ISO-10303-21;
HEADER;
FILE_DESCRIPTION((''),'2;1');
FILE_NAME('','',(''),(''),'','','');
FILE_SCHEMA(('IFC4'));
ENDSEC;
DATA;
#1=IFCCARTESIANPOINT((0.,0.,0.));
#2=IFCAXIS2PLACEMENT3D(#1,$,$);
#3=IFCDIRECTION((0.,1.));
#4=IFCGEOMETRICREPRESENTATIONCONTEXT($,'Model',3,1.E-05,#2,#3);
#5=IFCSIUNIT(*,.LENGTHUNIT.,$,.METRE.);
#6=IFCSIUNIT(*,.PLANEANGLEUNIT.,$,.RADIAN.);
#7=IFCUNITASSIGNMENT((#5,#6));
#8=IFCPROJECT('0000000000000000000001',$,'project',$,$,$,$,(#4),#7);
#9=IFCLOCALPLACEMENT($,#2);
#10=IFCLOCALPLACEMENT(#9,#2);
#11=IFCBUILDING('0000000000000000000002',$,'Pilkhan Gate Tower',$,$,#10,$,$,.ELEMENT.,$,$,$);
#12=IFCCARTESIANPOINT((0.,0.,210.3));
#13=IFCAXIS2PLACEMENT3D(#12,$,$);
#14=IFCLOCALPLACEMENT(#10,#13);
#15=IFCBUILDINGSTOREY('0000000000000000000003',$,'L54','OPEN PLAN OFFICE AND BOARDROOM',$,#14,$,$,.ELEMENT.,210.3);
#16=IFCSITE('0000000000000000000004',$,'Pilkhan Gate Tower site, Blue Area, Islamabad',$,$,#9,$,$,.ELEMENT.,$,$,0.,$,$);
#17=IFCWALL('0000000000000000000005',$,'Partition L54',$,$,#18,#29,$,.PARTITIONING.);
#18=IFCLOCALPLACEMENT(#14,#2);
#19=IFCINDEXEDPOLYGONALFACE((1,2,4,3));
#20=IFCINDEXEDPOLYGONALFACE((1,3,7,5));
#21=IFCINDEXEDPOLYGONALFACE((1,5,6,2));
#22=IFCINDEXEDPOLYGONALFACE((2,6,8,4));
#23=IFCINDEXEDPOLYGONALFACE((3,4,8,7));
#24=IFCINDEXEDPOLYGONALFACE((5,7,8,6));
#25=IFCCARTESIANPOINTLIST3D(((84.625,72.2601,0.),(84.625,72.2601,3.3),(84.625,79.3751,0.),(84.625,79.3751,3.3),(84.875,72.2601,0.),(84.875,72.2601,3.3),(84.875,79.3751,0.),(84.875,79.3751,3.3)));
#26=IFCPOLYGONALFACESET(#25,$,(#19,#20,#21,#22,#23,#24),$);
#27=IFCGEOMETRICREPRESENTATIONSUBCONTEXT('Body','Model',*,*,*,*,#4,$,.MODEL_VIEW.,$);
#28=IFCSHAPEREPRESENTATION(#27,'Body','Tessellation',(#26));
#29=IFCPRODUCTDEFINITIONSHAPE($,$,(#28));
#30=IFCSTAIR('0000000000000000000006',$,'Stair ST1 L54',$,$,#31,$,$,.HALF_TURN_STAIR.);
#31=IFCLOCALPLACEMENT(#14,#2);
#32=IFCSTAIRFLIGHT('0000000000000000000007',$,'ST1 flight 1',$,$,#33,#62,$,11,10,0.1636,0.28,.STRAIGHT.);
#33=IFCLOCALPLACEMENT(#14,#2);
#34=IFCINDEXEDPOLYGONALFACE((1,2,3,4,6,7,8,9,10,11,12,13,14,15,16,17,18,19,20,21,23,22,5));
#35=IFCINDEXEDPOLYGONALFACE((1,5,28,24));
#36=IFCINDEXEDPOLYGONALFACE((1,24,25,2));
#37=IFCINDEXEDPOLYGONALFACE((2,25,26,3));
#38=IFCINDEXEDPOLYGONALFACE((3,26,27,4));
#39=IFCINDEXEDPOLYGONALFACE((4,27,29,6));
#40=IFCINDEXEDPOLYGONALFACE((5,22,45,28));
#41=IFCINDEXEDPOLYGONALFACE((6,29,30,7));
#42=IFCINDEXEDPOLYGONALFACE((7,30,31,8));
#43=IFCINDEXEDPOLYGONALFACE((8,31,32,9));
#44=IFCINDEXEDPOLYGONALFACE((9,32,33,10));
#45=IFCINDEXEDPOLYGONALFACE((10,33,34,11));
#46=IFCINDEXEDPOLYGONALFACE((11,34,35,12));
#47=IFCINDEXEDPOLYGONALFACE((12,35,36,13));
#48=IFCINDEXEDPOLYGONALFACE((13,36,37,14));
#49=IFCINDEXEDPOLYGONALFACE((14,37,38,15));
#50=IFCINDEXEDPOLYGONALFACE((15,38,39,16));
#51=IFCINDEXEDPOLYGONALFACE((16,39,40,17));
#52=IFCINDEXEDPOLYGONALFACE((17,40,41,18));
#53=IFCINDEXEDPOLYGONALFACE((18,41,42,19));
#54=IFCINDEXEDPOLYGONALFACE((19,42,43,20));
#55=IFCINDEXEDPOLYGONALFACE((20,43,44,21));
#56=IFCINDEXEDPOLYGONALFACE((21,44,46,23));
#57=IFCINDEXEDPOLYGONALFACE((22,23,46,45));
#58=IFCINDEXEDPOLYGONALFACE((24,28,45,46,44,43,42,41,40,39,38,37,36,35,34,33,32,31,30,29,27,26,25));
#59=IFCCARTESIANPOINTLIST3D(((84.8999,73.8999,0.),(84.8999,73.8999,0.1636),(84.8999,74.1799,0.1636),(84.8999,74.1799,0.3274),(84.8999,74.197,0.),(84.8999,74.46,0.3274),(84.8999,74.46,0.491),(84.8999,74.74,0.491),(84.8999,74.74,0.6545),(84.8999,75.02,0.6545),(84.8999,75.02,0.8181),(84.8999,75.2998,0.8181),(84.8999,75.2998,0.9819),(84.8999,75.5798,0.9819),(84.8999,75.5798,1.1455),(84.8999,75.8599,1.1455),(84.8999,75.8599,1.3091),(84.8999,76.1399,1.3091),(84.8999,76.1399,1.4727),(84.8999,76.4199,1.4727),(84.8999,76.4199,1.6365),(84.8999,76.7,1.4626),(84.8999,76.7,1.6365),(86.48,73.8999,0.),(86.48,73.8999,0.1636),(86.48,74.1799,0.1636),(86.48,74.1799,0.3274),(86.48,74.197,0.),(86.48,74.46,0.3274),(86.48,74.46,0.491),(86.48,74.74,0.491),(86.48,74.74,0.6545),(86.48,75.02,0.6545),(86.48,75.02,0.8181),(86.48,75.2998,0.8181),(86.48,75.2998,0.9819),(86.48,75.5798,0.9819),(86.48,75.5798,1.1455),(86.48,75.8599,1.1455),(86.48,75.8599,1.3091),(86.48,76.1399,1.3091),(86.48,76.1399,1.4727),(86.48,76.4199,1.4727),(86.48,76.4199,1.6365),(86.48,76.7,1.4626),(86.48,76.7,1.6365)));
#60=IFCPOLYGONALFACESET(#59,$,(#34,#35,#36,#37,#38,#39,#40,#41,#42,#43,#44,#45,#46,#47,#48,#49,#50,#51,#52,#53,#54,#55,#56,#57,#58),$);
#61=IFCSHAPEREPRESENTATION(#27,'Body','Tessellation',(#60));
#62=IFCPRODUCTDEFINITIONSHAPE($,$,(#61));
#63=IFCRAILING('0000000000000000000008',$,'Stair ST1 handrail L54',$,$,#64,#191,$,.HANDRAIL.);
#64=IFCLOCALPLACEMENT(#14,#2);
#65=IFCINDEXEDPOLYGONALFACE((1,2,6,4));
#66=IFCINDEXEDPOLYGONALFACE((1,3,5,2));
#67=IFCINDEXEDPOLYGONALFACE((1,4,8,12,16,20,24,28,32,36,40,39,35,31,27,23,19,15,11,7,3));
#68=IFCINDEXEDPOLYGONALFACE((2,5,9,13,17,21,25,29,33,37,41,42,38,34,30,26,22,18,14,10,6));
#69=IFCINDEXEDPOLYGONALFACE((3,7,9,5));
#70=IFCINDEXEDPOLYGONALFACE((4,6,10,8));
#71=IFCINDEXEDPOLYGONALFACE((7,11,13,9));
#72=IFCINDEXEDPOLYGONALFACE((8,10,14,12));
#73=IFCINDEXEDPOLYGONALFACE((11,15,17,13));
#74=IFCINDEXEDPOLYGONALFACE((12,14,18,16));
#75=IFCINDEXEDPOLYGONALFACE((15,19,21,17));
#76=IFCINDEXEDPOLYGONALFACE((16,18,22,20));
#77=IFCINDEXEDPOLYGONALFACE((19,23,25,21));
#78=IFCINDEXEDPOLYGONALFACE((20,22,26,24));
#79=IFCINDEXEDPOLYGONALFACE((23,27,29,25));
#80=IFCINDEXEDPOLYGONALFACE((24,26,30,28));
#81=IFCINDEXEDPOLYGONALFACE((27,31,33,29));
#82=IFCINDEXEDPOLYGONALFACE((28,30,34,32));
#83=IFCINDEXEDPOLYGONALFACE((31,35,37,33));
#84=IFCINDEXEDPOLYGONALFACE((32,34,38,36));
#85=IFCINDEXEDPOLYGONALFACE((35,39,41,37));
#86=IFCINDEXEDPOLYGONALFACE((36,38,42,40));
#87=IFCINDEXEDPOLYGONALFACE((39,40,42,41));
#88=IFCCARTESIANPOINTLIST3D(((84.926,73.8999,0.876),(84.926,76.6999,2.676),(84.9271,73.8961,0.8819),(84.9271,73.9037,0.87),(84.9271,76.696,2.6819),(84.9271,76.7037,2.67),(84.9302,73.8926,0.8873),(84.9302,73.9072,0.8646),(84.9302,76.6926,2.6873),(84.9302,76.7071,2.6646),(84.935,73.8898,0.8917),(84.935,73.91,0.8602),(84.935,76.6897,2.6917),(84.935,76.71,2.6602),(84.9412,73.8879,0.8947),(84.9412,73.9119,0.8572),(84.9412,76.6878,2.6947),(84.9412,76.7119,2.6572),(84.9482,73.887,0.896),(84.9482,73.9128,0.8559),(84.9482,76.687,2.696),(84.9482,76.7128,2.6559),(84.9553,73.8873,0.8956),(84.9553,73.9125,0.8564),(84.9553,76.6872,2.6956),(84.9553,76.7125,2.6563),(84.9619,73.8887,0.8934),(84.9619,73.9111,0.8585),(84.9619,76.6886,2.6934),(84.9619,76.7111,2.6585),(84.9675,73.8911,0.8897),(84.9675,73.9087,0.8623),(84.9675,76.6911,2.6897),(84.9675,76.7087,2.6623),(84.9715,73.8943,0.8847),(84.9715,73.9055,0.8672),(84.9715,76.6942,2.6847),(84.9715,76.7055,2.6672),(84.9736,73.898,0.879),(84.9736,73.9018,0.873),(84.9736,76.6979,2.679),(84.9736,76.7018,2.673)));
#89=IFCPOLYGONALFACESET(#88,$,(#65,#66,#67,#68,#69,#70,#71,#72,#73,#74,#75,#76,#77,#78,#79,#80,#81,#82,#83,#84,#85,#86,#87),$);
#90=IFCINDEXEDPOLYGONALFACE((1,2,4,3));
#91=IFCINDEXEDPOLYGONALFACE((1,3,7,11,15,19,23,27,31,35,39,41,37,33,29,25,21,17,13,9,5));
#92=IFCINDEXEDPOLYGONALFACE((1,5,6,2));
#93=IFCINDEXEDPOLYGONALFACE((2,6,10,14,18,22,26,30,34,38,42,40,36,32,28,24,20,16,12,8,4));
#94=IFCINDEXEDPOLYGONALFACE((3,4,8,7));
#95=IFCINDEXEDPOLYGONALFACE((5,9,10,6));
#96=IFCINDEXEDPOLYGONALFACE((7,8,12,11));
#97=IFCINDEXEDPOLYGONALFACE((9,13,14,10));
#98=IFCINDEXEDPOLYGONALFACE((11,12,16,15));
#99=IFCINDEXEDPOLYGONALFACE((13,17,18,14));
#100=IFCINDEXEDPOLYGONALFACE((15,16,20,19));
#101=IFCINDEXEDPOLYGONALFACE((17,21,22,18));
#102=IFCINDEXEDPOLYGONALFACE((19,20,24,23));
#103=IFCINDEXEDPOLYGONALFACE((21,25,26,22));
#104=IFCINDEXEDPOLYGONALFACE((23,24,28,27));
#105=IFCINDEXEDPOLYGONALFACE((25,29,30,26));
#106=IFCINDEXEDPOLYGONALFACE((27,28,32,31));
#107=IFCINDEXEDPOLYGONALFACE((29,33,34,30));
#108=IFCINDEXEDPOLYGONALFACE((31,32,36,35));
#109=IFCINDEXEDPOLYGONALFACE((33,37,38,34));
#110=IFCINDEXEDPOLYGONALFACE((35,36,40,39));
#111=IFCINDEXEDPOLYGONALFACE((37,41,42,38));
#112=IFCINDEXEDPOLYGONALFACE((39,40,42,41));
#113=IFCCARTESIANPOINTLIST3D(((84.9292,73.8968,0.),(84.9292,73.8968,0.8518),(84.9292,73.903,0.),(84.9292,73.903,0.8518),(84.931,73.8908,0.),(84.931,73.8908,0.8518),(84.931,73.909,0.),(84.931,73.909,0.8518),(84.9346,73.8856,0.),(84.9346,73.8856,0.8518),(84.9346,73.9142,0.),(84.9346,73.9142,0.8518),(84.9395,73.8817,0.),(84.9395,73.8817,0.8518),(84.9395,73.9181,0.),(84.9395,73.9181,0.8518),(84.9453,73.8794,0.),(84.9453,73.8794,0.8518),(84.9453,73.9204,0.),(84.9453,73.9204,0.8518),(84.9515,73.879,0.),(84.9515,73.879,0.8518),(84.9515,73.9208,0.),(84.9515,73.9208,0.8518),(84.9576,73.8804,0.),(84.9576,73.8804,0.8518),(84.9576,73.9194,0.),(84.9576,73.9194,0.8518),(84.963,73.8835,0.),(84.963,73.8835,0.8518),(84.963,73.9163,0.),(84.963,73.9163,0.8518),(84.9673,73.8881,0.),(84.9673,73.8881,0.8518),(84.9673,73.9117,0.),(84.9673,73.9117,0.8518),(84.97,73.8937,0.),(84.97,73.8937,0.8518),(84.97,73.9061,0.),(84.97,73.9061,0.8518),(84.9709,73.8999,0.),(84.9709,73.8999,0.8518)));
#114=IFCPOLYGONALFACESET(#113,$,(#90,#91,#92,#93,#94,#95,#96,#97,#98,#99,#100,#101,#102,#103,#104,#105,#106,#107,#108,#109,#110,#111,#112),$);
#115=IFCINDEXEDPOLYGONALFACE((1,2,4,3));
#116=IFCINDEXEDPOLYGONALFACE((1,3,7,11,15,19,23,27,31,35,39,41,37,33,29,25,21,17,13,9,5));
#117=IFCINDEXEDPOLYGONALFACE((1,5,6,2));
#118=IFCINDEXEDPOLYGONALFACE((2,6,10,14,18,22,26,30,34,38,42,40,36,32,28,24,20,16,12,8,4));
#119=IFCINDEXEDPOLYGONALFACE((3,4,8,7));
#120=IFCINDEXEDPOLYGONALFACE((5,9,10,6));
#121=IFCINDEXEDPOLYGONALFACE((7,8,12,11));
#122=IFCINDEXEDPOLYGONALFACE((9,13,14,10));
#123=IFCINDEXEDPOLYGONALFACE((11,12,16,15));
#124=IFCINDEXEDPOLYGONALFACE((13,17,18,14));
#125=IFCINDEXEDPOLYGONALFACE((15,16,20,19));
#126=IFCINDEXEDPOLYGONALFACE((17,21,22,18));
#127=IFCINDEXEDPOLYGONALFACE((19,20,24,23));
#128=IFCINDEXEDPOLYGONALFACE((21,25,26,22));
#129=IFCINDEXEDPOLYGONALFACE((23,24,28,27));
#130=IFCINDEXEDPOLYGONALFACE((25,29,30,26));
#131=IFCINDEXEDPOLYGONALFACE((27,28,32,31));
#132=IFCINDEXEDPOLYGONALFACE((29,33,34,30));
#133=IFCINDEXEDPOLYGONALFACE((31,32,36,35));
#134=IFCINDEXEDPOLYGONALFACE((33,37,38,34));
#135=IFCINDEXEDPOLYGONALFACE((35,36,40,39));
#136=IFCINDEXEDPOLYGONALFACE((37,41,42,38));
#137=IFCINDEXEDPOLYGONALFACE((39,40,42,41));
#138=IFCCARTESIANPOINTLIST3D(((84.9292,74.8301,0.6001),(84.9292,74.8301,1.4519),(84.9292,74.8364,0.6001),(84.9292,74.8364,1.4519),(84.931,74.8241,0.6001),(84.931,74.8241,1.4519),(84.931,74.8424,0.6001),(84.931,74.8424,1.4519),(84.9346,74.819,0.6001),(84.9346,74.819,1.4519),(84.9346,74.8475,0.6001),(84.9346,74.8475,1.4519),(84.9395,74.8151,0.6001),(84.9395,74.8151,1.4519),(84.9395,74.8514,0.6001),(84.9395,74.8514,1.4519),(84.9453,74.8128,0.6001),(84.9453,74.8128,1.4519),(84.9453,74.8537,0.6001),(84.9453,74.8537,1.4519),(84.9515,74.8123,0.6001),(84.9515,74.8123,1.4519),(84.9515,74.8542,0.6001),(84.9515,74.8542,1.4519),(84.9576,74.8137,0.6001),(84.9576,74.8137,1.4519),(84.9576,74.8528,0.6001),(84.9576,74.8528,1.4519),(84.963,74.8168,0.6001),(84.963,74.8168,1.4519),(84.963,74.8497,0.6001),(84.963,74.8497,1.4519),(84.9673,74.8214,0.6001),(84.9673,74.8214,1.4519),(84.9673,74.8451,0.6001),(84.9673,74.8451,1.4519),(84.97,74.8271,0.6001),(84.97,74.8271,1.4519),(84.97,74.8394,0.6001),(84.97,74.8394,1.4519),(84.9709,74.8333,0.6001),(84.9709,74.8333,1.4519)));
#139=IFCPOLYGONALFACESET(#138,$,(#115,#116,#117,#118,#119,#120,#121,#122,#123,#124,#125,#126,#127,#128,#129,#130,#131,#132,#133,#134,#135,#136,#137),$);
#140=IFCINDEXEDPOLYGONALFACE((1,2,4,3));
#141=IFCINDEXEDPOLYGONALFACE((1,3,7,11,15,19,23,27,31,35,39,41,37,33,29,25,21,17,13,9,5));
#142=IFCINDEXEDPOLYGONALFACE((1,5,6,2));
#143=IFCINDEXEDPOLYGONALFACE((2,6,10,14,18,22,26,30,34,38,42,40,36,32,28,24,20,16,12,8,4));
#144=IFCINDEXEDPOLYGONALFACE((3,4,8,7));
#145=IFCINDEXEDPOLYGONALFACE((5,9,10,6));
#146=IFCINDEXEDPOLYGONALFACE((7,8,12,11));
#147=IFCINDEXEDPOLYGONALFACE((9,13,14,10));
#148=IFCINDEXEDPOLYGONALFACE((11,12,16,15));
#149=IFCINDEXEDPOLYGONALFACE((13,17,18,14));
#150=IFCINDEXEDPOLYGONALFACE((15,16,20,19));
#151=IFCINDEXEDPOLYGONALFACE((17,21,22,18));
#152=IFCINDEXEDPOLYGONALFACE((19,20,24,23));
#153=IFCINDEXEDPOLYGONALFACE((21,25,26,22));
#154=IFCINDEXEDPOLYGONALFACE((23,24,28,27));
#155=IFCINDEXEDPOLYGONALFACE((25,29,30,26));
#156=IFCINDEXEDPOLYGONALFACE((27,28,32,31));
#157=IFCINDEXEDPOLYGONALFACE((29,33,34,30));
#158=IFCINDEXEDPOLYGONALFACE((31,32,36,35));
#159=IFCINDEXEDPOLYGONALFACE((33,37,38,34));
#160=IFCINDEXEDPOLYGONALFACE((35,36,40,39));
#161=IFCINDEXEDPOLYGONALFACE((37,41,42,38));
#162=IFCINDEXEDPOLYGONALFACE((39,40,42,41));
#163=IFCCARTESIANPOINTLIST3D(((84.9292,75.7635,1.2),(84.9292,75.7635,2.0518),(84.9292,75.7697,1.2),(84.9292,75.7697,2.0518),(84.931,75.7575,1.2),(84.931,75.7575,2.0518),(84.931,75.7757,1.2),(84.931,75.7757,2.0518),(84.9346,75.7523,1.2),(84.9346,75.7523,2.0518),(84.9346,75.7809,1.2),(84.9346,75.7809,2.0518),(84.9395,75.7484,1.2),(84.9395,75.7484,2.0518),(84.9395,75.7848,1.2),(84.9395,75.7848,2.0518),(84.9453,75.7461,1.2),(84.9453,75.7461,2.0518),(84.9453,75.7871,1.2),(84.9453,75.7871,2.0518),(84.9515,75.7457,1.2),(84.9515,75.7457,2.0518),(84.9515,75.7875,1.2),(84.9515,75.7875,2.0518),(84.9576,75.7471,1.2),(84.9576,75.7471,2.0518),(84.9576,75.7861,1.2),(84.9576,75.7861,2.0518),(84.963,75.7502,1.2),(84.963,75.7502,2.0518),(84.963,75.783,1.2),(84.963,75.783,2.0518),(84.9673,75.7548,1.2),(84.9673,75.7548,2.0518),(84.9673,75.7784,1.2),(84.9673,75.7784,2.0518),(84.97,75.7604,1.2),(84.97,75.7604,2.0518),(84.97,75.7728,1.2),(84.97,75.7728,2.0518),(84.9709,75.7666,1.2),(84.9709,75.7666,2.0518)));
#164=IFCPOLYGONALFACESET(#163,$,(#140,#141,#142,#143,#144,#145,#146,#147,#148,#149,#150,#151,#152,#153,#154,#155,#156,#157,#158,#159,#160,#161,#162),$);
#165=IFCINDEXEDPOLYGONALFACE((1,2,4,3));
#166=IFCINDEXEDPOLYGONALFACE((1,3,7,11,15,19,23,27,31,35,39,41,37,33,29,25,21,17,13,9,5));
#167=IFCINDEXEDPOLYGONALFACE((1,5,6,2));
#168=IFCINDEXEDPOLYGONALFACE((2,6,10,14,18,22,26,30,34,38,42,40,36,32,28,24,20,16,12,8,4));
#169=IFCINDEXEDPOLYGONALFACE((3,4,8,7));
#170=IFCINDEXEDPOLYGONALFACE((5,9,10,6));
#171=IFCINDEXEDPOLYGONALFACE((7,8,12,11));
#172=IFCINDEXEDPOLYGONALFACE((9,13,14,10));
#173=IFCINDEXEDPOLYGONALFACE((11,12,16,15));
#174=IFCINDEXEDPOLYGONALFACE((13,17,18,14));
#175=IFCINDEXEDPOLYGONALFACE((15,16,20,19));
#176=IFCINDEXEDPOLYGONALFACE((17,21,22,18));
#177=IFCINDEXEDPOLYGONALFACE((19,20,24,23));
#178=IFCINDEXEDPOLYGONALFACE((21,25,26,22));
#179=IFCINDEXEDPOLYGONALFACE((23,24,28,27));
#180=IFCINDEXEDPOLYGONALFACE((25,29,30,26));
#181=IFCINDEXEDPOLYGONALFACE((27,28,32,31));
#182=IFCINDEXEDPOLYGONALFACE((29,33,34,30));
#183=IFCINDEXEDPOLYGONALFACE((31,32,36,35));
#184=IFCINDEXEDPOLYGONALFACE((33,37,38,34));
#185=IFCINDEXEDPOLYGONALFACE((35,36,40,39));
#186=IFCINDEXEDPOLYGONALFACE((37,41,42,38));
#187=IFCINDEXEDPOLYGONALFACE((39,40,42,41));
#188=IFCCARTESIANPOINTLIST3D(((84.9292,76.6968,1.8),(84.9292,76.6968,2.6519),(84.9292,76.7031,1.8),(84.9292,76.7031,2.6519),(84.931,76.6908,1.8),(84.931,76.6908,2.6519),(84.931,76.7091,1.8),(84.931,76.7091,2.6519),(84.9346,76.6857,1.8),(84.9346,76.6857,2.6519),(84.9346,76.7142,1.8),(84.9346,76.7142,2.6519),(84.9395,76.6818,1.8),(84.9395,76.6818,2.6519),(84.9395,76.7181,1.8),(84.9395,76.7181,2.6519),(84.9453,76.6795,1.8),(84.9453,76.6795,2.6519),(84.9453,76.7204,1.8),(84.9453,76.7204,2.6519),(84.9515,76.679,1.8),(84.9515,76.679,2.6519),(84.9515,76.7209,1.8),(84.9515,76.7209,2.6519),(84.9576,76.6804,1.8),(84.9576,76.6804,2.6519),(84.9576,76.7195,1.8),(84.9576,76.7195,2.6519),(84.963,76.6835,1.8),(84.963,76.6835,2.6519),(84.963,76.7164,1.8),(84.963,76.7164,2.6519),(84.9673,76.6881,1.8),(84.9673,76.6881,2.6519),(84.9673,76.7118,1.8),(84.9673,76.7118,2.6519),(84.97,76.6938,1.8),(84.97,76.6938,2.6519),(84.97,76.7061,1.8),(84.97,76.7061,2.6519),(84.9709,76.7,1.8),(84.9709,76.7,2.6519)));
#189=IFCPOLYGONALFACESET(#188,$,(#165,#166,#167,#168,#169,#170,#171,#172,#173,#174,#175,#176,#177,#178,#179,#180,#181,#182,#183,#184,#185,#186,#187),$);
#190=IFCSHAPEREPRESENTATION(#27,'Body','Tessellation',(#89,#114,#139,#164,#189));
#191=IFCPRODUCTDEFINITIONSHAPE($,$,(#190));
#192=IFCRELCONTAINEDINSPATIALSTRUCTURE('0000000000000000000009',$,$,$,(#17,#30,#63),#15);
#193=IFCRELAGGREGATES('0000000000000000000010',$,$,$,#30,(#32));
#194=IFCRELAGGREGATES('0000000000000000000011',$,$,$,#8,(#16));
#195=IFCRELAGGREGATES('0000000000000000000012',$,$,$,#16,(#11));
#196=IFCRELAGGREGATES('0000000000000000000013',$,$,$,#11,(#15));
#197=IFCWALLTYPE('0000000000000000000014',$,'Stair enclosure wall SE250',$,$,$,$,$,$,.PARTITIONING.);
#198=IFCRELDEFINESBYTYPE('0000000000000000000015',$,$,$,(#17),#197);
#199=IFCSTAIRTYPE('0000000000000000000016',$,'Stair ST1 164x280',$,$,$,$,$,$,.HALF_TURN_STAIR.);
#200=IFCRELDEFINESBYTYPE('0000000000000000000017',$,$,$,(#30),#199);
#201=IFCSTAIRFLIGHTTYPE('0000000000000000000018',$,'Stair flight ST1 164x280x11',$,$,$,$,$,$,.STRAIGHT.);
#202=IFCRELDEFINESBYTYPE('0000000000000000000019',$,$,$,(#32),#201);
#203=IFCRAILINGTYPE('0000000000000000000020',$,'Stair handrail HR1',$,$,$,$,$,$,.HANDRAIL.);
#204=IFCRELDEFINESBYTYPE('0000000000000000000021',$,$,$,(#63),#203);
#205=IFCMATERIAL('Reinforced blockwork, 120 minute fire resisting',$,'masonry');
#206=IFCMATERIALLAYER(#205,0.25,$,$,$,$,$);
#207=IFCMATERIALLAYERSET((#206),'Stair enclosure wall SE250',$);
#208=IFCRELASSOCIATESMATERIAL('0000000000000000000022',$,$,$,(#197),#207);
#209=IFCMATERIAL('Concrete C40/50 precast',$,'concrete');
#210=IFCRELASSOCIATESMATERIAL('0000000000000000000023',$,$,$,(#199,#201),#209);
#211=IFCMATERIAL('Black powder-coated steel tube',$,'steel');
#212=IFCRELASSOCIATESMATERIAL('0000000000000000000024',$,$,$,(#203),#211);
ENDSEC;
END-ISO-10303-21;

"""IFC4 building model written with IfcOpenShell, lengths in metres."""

from ifc_helpers import new_model, si_unit, direction, frame, frame_2d, origin, origin_2d, place, context, subcontext, project, spatial, polyline, rectangle, circle, outline, extrude, material, layer, layer_set, type_object, element, aggregate, save


model = new_model("IFC4")

# Units and contexts
model_context = context("Model", 3, precision=1e-05, world=origin(), true_north=direction((0.0, 1.0)))
body_context = subcontext(model_context, "Body", "Model", "MODEL_VIEW")
ifc_project = project(units=[si_unit("LENGTHUNIT", "METRE"), si_unit("PLANEANGLEUNIT", "RADIAN")], contexts=[model_context])

# Site, building, storey
site_placement = place(None, origin())
site = spatial("IfcSite", under=ifc_project, at=site_placement, Name="Pilkhan Gate Tower site, Blue Area, Islamabad", CompositionType="ELEMENT", RefElevation=0.0)
building_placement = place(site_placement, origin())
building = spatial("IfcBuilding", under=site, at=building_placement, Name="Pilkhan Gate Tower", CompositionType="ELEMENT")
storey_placement = place(building_placement, frame((0.0, 0.0, 210.3)))
storey = spatial("IfcBuildingStorey", under=building, at=storey_placement, Name="L54", Description="OPEN PLAN OFFICE AND BOARDROOM", CompositionType="ELEMENT", Elevation=210.3)

# Wall
ifc_material_1 = material(Name="Reinforced blockwork, 120 minute fire resisting", Category="masonry")
ifc_layer_1 = layer(ifc_material_1, 0.25)
ifc_layer_set_1 = layer_set([ifc_layer_1], Name="Stair enclosure wall SE250")
wall_type_1 = type_object("IfcWallType", Name="Stair enclosure wall SE250", PredefinedType="PARTITIONING", material=ifc_layer_set_1)
wall_1_placement = place(storey_placement, frame((84.75, 72.26, 0.0), z_axis=(0.0, 0.0, 1.0), x_axis=(0.0, 1.0, 0.0)))
element("IfcWall", 1, at=wall_1_placement, inside=storey, type_object=wall_type_1, Name="Partition L54", PredefinedType="PARTITIONING", context=body_context, shape_type="SweptSolid", body=[
    extrude(rectangle(XDim=7.115, YDim=0.25, at=frame_2d((3.5576, 0.0))), origin(), (0.0, 0.0, 1.0), 3.3),
])

# Stair, stair flight
ifc_material_2 = material(Name="Concrete C40/50 precast", Category="concrete")
stair_type = type_object("IfcStairType", Name="Stair ST1 164x280", PredefinedType="HALF_TURN_STAIR", material=ifc_material_2)
stair_placement = place(storey_placement, origin())
stair = element("IfcStair", 2, at=stair_placement, inside=storey, type_object=stair_type, Name="Stair ST1 L54", PredefinedType="HALF_TURN_STAIR")
stair_flight_type = type_object("IfcStairFlightType", Name="Stair flight ST1 164x280x11", PredefinedType="STRAIGHT", material=ifc_material_2)
stair_flight_placement = place(storey_placement, frame((85.6899, 73.8999, 0.0), z_axis=(0.0, 0.0, 1.0), x_axis=(0.0, 1.0, 0.0)))
stair_flight = element("IfcStairFlight", 3, at=stair_flight_placement, type_object=stair_flight_type, Name="ST1 flight 1", NumberOfRisers=11, NumberOfTreads=10, PredefinedType="STRAIGHT", RiserHeight=0.1636, TreadLength=0.28, context=body_context, shape_type="SweptSolid", body=[
    extrude(outline(polyline([(0.0, 0.0), (0.0, 0.1636), (0.28, 0.1636), (0.28, 0.3274), (0.5601, 0.3274), (0.5601, 0.491), (0.8401, 0.491), (0.8401, 0.6545), (1.1201, 0.6545), (1.1201, 0.8181), (1.3999, 0.8181), (1.3999, 0.9819), (1.6799, 0.9819), (1.6799, 1.1455), (1.96, 1.1455), (1.96, 1.3091), (2.24, 1.3091), (2.24, 1.4727), (2.52, 1.4727), (2.52, 1.6365), (2.8, 1.6365), (2.8, 1.8), (2.8, 1.4626), (0.2971, 0.0), (0.0, 0.0)])), frame((0.0, 0.79, 0.0), z_axis=(0.0, -1.0, 0.0), x_axis=(1.0, 0.0, 0.0)), (0.0, 0.0, 1.0), 1.5801),
])
aggregate(stair, [stair_flight])

# Railing
ifc_material_3 = material(Name="Black powder-coated steel tube", Category="steel")
railing_type_1 = type_object("IfcRailingType", Name="Stair handrail HR1", PredefinedType="HANDRAIL", material=ifc_material_3)
railing_1_placement = place(storey_placement, frame((84.95, 73.8999, 0.0)))
element("IfcRailing", 4, at=railing_1_placement, inside=storey, type_object=railing_type_1, Name="Stair ST1 handrail L54", PredefinedType="HANDRAIL", context=body_context, shape_type="SweptSolid", body=[
    extrude(circle(Radius=0.0239, at=origin_2d()), frame((0.0, 0.0, 0.876), z_axis=(0.0, 0.841176, 0.540761), x_axis=(-1.0, 0.0, 0.0)), (0.0, 0.0, 1.0), 3.3286),
    extrude(circle(Radius=0.021, at=origin_2d()), origin(), (0.0, 0.0, 1.0), 0.8518),
    extrude(circle(Radius=0.021, at=origin_2d()), frame((0.0, 0.9333, 0.6001)), (0.0, 0.0, 1.0), 0.8518),
    extrude(circle(Radius=0.021, at=origin_2d()), frame((0.0, 1.8667, 1.2)), (0.0, 0.0, 1.0), 0.8518),
    extrude(circle(Radius=0.021, at=origin_2d()), frame((0.0, 2.8, 1.8)), (0.0, 0.0, 1.0), 0.8518),
])

save(model, "model.ifc")
